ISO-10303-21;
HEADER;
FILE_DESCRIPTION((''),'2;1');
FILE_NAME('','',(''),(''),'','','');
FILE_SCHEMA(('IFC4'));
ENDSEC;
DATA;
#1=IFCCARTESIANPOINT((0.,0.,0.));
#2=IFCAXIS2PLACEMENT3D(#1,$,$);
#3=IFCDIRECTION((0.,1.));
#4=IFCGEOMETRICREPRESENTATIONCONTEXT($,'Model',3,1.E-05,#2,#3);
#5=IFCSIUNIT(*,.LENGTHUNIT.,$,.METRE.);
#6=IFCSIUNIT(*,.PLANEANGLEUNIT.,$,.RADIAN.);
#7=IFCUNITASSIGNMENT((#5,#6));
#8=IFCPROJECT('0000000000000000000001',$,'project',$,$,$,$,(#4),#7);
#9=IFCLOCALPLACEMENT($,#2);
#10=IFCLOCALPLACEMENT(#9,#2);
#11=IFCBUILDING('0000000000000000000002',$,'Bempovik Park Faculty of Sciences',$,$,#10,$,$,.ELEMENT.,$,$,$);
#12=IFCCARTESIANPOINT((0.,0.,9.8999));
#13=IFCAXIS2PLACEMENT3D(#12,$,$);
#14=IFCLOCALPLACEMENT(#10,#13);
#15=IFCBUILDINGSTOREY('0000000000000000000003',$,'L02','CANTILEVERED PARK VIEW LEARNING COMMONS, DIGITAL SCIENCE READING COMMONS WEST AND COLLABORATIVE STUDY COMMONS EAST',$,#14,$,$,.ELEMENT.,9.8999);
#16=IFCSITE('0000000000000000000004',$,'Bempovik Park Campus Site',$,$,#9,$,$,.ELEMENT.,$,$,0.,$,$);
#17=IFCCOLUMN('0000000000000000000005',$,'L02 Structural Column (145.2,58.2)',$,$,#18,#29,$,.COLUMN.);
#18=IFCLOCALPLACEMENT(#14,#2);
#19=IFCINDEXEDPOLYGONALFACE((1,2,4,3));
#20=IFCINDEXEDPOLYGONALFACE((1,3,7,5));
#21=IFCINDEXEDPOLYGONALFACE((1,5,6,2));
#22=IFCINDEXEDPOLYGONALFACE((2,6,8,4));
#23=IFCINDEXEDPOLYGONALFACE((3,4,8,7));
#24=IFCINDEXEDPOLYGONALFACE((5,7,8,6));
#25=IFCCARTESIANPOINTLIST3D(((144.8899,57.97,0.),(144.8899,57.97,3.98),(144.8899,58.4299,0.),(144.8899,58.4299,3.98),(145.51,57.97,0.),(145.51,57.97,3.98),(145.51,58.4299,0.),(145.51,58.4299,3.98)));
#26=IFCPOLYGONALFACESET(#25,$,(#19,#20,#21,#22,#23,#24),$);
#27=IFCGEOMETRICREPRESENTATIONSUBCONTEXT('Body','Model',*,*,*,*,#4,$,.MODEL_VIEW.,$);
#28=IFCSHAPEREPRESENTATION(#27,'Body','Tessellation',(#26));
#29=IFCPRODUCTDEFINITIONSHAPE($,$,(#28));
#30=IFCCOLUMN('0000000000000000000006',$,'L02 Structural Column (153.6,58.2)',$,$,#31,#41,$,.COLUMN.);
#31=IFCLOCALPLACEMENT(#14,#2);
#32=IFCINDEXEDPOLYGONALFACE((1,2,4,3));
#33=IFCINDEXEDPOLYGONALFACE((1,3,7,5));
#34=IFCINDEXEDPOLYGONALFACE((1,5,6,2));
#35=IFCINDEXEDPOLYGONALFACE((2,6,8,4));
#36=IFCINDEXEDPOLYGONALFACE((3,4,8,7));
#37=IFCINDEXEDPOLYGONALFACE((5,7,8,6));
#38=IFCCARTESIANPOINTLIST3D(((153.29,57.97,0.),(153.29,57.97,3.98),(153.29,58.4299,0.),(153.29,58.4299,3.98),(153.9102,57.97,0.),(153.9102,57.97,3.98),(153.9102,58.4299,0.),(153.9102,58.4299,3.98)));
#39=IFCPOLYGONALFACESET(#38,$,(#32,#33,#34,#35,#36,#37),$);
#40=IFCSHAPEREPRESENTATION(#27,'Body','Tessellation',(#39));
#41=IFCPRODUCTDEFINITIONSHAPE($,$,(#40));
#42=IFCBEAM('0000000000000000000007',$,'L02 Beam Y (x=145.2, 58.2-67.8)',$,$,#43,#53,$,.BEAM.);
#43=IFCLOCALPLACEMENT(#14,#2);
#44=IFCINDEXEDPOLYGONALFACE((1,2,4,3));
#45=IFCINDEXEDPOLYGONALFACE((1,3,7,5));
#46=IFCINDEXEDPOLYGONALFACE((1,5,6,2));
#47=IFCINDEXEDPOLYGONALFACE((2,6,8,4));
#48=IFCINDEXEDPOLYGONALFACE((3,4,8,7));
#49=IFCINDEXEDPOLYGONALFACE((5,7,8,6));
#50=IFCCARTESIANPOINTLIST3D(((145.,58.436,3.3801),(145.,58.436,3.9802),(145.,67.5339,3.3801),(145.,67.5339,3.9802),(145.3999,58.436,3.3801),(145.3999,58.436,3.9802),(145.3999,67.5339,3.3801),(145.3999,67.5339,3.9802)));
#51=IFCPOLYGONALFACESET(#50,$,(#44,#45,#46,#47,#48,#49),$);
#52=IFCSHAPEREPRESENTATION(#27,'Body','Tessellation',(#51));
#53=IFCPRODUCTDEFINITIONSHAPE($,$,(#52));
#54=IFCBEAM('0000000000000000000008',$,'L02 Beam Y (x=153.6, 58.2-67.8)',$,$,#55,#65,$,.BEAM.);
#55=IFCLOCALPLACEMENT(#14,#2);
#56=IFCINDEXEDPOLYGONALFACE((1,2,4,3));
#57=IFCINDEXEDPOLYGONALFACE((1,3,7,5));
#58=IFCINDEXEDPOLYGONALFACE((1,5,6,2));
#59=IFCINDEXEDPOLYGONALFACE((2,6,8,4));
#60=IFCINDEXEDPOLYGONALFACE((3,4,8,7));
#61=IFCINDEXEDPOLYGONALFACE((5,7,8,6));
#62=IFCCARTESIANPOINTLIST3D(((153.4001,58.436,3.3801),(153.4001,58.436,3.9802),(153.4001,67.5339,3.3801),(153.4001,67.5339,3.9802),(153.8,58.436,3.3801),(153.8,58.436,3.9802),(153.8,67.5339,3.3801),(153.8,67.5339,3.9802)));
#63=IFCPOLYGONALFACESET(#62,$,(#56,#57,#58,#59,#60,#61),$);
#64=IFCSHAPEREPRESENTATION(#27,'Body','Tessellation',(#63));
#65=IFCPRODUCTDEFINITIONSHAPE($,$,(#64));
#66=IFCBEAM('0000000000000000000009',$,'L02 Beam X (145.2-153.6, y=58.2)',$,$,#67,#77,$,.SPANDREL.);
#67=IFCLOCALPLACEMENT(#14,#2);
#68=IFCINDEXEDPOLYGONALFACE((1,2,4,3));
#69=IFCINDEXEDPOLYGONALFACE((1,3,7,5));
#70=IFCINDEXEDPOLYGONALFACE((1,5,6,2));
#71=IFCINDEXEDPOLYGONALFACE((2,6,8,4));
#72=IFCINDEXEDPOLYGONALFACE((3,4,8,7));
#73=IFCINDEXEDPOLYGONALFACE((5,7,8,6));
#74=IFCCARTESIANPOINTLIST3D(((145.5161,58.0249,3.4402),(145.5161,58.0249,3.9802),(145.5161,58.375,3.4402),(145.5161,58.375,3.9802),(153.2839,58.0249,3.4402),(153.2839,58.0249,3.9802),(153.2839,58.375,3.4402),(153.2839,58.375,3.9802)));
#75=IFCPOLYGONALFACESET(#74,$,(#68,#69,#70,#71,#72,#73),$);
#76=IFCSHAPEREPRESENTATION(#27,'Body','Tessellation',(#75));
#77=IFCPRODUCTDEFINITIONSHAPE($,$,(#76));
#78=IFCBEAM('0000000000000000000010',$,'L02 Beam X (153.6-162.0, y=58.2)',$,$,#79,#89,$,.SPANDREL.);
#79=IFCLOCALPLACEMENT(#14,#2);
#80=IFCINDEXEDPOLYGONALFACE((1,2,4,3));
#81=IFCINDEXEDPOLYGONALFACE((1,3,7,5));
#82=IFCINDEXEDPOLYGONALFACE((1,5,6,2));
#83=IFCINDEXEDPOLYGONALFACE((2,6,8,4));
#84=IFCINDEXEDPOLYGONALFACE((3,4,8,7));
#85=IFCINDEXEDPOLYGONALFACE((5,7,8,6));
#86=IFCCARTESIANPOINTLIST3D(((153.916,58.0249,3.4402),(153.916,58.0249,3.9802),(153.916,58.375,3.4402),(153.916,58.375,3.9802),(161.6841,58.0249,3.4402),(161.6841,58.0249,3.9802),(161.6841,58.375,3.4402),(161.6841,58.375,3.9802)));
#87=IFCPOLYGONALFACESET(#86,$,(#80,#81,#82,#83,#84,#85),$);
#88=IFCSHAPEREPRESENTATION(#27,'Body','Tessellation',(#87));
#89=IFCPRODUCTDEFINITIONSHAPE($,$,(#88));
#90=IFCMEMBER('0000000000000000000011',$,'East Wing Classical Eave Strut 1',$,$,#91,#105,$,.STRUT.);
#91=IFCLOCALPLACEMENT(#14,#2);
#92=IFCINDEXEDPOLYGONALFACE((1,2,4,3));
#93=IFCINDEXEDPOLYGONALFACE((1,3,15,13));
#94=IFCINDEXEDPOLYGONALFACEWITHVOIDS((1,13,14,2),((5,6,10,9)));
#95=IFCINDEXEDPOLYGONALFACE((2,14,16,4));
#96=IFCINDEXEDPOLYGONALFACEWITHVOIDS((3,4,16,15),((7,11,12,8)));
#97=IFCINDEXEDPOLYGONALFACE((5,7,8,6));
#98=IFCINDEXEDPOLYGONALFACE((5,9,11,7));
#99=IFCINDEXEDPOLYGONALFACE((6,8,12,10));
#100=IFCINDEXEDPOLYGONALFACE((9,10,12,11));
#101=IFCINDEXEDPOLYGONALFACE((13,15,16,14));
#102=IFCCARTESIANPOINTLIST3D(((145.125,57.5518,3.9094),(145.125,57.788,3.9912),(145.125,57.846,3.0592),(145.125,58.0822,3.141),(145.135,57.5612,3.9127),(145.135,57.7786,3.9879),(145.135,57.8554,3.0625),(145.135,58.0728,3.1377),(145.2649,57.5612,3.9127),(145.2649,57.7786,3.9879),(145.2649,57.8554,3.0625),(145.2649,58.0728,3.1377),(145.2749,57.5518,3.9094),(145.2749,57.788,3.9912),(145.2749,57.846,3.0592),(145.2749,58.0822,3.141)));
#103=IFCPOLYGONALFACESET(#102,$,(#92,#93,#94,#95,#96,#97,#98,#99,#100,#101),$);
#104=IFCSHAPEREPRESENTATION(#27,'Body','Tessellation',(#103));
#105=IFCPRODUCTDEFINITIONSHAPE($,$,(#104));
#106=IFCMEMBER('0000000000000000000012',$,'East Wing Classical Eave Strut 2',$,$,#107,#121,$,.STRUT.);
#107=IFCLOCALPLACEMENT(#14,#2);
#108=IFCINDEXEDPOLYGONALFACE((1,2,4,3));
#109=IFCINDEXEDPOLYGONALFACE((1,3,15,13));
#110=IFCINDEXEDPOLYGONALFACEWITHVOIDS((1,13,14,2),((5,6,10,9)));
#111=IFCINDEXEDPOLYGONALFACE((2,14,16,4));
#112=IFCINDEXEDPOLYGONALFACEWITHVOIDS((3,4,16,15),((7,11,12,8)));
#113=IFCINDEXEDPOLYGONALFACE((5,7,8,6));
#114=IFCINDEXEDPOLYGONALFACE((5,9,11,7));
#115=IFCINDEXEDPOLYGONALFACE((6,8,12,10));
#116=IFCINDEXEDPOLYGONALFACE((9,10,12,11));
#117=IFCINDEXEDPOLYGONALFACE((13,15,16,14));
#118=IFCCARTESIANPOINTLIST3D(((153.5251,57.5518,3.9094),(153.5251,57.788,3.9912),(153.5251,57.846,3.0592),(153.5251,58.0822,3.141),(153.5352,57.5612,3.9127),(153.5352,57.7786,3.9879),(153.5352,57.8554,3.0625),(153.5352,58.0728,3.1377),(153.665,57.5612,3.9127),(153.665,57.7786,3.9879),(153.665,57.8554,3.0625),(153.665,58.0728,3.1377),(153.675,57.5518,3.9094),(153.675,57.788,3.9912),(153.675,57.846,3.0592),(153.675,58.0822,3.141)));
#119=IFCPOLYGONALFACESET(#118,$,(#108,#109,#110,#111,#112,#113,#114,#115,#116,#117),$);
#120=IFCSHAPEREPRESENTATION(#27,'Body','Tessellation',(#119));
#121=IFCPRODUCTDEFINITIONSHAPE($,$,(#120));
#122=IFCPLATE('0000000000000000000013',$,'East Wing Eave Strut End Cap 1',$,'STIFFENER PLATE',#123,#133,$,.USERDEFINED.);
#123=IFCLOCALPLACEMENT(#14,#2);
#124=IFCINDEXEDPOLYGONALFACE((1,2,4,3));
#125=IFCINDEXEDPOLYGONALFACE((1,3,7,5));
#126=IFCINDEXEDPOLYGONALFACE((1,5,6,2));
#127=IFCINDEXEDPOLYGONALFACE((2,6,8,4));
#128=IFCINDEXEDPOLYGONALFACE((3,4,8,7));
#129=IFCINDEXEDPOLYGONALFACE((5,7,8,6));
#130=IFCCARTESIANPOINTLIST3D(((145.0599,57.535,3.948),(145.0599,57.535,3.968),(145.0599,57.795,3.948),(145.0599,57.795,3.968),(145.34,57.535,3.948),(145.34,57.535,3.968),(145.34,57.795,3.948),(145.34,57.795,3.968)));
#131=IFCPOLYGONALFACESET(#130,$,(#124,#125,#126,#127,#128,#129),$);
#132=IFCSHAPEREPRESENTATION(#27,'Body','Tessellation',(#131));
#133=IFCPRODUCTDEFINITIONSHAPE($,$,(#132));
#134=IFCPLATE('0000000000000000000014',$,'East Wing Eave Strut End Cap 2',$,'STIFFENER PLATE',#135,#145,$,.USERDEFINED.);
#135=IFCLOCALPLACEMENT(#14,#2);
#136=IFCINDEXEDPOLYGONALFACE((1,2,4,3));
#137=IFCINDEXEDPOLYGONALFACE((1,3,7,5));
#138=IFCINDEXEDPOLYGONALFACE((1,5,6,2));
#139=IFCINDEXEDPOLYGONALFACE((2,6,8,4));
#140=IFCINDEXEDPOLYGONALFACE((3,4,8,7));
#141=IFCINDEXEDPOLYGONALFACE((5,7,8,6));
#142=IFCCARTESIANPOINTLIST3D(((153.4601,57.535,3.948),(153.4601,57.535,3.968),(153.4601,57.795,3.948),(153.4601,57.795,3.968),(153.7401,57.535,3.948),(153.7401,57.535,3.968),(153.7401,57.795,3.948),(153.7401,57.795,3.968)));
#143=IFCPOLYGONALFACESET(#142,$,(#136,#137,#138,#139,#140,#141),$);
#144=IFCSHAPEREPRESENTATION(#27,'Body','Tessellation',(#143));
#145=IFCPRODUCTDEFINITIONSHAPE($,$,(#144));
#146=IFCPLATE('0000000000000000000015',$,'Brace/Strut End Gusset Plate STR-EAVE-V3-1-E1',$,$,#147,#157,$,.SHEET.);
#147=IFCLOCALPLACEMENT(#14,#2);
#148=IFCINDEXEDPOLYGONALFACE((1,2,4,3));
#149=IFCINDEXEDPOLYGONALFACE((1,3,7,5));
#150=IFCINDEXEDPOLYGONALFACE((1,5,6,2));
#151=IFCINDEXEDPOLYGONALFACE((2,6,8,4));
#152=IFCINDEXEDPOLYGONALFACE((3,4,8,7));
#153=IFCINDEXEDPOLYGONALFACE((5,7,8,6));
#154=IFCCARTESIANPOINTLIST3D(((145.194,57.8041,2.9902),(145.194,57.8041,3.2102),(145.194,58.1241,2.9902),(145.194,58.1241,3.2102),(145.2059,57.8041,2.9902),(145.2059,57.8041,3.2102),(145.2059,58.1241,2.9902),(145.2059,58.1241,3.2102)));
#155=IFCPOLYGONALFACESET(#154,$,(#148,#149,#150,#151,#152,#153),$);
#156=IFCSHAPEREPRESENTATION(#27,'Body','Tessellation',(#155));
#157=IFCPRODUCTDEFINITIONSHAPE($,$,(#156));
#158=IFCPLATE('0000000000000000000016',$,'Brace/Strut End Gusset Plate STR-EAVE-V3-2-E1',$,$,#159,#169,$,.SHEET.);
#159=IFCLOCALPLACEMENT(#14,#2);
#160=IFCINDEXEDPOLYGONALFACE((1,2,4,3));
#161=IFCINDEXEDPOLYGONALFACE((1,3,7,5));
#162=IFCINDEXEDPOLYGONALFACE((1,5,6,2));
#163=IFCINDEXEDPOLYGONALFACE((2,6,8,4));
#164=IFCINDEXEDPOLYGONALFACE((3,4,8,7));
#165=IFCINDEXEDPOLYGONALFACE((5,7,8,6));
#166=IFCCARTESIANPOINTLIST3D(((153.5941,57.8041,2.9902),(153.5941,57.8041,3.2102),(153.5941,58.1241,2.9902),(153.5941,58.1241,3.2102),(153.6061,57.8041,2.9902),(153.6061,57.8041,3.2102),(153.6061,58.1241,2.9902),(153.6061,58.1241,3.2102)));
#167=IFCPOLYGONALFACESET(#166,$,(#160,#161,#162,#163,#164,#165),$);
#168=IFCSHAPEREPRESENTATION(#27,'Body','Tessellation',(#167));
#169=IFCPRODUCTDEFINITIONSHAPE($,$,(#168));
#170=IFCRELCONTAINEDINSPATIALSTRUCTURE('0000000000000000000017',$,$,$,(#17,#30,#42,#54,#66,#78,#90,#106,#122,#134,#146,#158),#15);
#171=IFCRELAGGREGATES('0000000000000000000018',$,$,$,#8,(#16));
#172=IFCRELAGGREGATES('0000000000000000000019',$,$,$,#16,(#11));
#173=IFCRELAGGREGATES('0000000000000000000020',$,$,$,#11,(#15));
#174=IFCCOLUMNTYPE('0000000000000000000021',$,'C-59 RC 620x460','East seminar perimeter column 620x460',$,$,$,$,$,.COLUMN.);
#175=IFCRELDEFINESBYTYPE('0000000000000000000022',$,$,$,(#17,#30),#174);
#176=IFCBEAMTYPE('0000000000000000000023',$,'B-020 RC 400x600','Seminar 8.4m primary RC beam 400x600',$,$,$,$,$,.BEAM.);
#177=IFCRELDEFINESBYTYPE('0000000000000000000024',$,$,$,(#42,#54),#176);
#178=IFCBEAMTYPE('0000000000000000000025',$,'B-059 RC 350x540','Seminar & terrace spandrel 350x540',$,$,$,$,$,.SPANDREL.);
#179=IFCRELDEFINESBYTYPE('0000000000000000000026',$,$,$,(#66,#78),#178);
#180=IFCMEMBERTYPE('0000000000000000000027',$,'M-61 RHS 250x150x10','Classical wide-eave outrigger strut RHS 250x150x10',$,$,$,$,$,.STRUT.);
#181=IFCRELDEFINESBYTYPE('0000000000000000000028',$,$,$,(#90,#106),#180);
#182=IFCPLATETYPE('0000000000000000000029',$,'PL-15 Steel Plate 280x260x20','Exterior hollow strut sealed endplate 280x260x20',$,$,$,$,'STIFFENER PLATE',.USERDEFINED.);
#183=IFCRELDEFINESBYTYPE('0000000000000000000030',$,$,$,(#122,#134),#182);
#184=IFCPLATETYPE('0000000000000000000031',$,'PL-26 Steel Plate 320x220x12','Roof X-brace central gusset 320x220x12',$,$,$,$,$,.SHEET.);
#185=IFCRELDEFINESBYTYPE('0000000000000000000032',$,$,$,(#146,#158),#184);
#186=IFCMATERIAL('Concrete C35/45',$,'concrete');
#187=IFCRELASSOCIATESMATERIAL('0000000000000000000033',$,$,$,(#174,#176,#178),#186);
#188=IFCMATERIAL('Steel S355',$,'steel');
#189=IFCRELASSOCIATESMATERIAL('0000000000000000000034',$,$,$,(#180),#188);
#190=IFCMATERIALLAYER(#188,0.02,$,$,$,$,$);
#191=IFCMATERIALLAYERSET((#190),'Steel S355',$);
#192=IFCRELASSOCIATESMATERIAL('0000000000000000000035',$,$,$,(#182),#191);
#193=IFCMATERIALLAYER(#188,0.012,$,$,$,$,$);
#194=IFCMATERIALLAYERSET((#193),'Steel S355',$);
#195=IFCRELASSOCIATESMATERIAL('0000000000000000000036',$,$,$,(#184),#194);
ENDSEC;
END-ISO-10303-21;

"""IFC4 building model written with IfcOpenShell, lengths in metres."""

from ifc_helpers import new_model, si_unit, direction, frame, origin, origin_2d, place, context, subcontext, project, spatial, rectangle, hollow_rectangle, extrude, material, layer, layer_set, material_profile, profile_set, type_object, element, save


model = new_model("IFC4")

# Units and contexts
model_context = context("Model", 3, precision=1e-05, world=origin(), true_north=direction((0.0, 1.0)))
body_context = subcontext(model_context, "Body", "Model", "MODEL_VIEW")
ifc_project = project(units=[si_unit("LENGTHUNIT", "METRE"), si_unit("PLANEANGLEUNIT", "RADIAN")], contexts=[model_context])

# Site, building, storey
site_placement = place(None, origin())
site = spatial("IfcSite", under=ifc_project, at=site_placement, Name="Bempovik Park Campus Site", CompositionType="ELEMENT", RefElevation=0.0)
building_placement = place(site_placement, origin())
building = spatial("IfcBuilding", under=site, at=building_placement, Name="Bempovik Park Faculty of Sciences", CompositionType="ELEMENT")
storey_placement = place(building_placement, frame((0.0, 0.0, 9.8999)))
storey = spatial("IfcBuildingStorey", under=building, at=storey_placement, Name="L02", Description="CANTILEVERED PARK VIEW LEARNING COMMONS, DIGITAL SCIENCE READING COMMONS WEST AND COLLABORATIVE STUDY COMMONS EAST", CompositionType="ELEMENT", Elevation=9.8999)

# Columns
ifc_material_1 = material(Name="Concrete C35/45", Category="concrete")
ifc_material_profile_1 = material_profile(ifc_material_1, rectangle(XDim=0.6201, YDim=0.46, at=origin_2d()), Name="RC 620x460")
ifc_profile_set_1 = profile_set([ifc_material_profile_1], Name="Concrete C35/45")
column_type = type_object("IfcColumnType", Name="C-59 RC 620x460", Description="East seminar perimeter column 620x460", PredefinedType="COLUMN", material=ifc_profile_set_1)
for number, where, z_axis, x_axis, name in (
    (1, (145.2, 58.2, 0.0), (0.0, 0.0, 1.0), (1.0, 0.0, 0.0), "L02 Structural Column (145.2,58.2)"),
    (2, (153.6001, 58.2, 0.0), (0.0, 0.0, 1.0), (1.0, 0.0, 0.0), "L02 Structural Column (153.6,58.2)"),
):
    element("IfcColumn", number, at=place(storey_placement, frame(where, z_axis=z_axis, x_axis=x_axis)), inside=storey, type_object=column_type, Name=name, PredefinedType="COLUMN", context=body_context, shape_type="SweptSolid", body=[
        extrude(rectangle(XDim=0.6201, YDim=0.46, at=origin_2d()), origin(), (0.0, 0.0, 1.0), 3.98),
    ])

# Beams
ifc_material_profile_2 = material_profile(ifc_material_1, rectangle(XDim=0.3999, YDim=0.6001, at=origin_2d()), Name="RC 400x600")
ifc_profile_set_2 = profile_set([ifc_material_profile_2], Name="Concrete C35/45")
beam_type_1 = type_object("IfcBeamType", Name="B-020 RC 400x600", Description="Seminar 8.4m primary RC beam 400x600", PredefinedType="BEAM", material=ifc_profile_set_2)
for number, where, z_axis, x_axis, name in (
    (3, (145.2, 58.436, 3.6802), (0.0, 1.0, 0.0), (-1.0, 0.0, 0.0), "L02 Beam Y (x=145.2, 58.2-67.8)"),
    (4, (153.6001, 58.436, 3.6802), (0.0, 1.0, 0.0), (-1.0, 0.0, 0.0), "L02 Beam Y (x=153.6, 58.2-67.8)"),
):
    element("IfcBeam", number, at=place(storey_placement, frame(where, z_axis=z_axis, x_axis=x_axis)), inside=storey, type_object=beam_type_1, Name=name, PredefinedType="BEAM", context=body_context, shape_type="SweptSolid", body=[
        extrude(rectangle(XDim=0.3999, YDim=0.6001, at=origin_2d()), origin(), (0.0, 0.0, 1.0), 9.0979),
    ])
ifc_material_profile_3 = material_profile(ifc_material_1, rectangle(XDim=0.3501, YDim=0.54, at=origin_2d()), Name="RC 350x540")
ifc_profile_set_3 = profile_set([ifc_material_profile_3], Name="Concrete C35/45")
beam_type_2 = type_object("IfcBeamType", Name="B-059 RC 350x540", Description="Seminar & terrace spandrel 350x540", PredefinedType="SPANDREL", material=ifc_profile_set_3)
beam_1_placement = place(storey_placement, frame((145.5161, 58.2, 3.7102), z_axis=(1.0, 0.0, 0.0), x_axis=(0.0, 1.0, 0.0)))
element("IfcBeam", 5, at=beam_1_placement, inside=storey, type_object=beam_type_2, Name="L02 Beam X (145.2-153.6, y=58.2)", PredefinedType="SPANDREL", context=body_context, shape_type="SweptSolid", body=[
    extrude(rectangle(XDim=0.3501, YDim=0.54, at=origin_2d()), origin(), (0.0, 0.0, 1.0), 7.7678),
])
beam_2_placement = place(storey_placement, frame((153.916, 58.2, 3.7102), z_axis=(1.0, 0.0, 0.0), x_axis=(0.0, 1.0, 0.0)))
element("IfcBeam", 6, at=beam_2_placement, inside=storey, type_object=beam_type_2, Name="L02 Beam X (153.6-162.0, y=58.2)", PredefinedType="SPANDREL", context=body_context, shape_type="SweptSolid", body=[
    extrude(rectangle(XDim=0.3501, YDim=0.54, at=origin_2d()), origin(), (0.0, 0.0, 1.0), 7.7681),
])

# Members
ifc_material_2 = material(Name="Steel S355", Category="steel")
ifc_material_profile_4 = material_profile(ifc_material_2, hollow_rectangle(XDim=0.1499, YDim=0.25, WallThickness=0.01, at=origin_2d()), Name="RHS 250x150x10")
ifc_profile_set_4 = profile_set([ifc_material_profile_4], Name="Steel S355")
member_type = type_object("IfcMemberType", Name="M-61 RHS 250x150x10", Description="Classical wide-eave outrigger strut RHS 250x150x10", PredefinedType="STRUT", material=ifc_profile_set_4)
for number, where, z_axis, x_axis, name in (
    (7, (145.2, 57.9641, 3.1001), (0.0, -0.327036, 0.945012), (1.0, 0.0, 0.0), "East Wing Classical Eave Strut 1"),
    (8, (153.6001, 57.9641, 3.1001), (0.0, -0.327036, 0.945012), (1.0, 0.0, 0.0), "East Wing Classical Eave Strut 2"),
):
    element("IfcMember", number, at=place(storey_placement, frame(where, z_axis=z_axis, x_axis=x_axis)), inside=storey, type_object=member_type, Name=name, PredefinedType="STRUT", context=body_context, shape_type="SweptSolid", body=[
        extrude(hollow_rectangle(XDim=0.1499, YDim=0.25, WallThickness=0.01, at=origin_2d()), origin(), (0.0, 0.0, 1.0), 0.8997),
    ])

# Plates
ifc_layer_1 = layer(ifc_material_2, 0.02)
ifc_layer_set_1 = layer_set([ifc_layer_1], Name="Steel S355")
plate_type_1 = type_object("IfcPlateType", Name="PL-15 Steel Plate 280x260x20", Description="Exterior hollow strut sealed endplate 280x260x20", ElementType="STIFFENER PLATE", PredefinedType="USERDEFINED", material=ifc_layer_set_1)
for number, where, z_axis, x_axis, name in (
    (9, (145.2, 57.665, 3.948), (0.0, 0.0, 1.0), (1.0, 0.0, 0.0), "East Wing Eave Strut End Cap 1"),
    (10, (153.6001, 57.665, 3.948), (0.0, 0.0, 1.0), (1.0, 0.0, 0.0), "East Wing Eave Strut End Cap 2"),
):
    element("IfcPlate", number, at=place(storey_placement, frame(where, z_axis=z_axis, x_axis=x_axis)), inside=storey, type_object=plate_type_1, Name=name, ObjectType="STIFFENER PLATE", PredefinedType="USERDEFINED", context=body_context, shape_type="SweptSolid", body=[
        extrude(rectangle(XDim=0.28, YDim=0.26, at=origin_2d()), origin(), (0.0, 0.0, 1.0), 0.02),
    ])
ifc_layer_2 = layer(ifc_material_2, 0.012)
ifc_layer_set_2 = layer_set([ifc_layer_2], Name="Steel S355")
plate_type_2 = type_object("IfcPlateType", Name="PL-26 Steel Plate 320x220x12", Description="Roof X-brace central gusset 320x220x12", PredefinedType="SHEET", material=ifc_layer_set_2)
for number, where, z_axis, x_axis, name in (
    (11, (145.2, 57.9641, 2.9902), (0.0, 0.0, 1.0), (1.0, 0.0, 0.0), "Brace/Strut End Gusset Plate STR-EAVE-V3-1-E1"),
    (12, (153.6001, 57.9641, 2.9902), (0.0, 0.0, 1.0), (1.0, 0.0, 0.0), "Brace/Strut End Gusset Plate STR-EAVE-V3-2-E1"),
):
    element("IfcPlate", number, at=place(storey_placement, frame(where, z_axis=z_axis, x_axis=x_axis)), inside=storey, type_object=plate_type_2, Name=name, PredefinedType="SHEET", context=body_context, shape_type="SweptSolid", body=[
        extrude(rectangle(XDim=0.012, YDim=0.3201, at=origin_2d()), origin(), (0.0, 0.0, 1.0), 0.22),
    ])

save(model, "model.ifc")
